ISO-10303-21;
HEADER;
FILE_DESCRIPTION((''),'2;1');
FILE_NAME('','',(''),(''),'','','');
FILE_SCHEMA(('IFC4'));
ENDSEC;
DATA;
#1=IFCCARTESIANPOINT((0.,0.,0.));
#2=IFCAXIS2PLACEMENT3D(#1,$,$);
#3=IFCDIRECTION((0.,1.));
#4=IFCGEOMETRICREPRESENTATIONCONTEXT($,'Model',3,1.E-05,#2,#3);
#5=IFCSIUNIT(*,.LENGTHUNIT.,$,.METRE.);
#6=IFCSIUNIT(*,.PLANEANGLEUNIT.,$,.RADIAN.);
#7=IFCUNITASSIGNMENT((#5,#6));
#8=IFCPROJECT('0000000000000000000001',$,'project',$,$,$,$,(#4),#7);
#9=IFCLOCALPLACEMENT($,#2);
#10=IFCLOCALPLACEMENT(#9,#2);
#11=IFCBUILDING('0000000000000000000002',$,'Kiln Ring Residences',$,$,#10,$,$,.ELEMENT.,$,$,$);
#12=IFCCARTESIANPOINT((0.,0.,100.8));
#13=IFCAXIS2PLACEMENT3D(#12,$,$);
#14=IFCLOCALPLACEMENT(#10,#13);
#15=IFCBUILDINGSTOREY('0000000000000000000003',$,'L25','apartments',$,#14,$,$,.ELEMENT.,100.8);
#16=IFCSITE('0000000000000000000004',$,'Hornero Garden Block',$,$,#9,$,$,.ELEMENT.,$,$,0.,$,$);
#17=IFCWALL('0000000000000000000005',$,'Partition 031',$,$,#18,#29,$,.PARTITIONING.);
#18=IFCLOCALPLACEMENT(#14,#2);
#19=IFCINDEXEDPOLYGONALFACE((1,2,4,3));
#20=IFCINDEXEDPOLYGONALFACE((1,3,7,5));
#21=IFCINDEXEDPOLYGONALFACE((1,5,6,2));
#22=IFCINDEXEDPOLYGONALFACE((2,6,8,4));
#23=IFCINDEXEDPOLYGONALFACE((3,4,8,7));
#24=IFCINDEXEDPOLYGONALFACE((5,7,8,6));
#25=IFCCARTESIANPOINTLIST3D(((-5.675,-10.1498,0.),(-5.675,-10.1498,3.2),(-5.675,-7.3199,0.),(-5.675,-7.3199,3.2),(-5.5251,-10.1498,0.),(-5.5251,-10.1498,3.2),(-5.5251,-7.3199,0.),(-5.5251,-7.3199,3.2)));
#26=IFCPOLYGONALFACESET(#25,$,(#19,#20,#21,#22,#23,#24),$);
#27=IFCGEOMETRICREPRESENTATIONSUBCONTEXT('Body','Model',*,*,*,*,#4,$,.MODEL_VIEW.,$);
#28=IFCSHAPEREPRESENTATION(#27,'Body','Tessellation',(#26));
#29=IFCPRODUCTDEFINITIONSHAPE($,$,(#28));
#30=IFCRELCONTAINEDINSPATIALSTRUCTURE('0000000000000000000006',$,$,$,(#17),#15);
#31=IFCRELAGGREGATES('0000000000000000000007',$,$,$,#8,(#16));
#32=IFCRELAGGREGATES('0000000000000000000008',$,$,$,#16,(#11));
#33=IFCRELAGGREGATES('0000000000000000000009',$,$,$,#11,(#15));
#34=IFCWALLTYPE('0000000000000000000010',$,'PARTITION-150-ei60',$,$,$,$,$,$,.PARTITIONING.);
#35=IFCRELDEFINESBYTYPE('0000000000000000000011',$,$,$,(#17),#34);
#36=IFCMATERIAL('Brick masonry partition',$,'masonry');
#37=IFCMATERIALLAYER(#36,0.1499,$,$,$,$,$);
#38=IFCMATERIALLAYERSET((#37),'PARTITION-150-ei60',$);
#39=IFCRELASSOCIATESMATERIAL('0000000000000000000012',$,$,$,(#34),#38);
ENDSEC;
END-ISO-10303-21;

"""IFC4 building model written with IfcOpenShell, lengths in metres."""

from ifc_helpers import new_model, si_unit, direction, frame, frame_2d, origin, place, context, subcontext, project, spatial, rectangle, extrude, material, layer, layer_set, type_object, element, save


model = new_model("IFC4")

# Units and contexts
model_context = context("Model", 3, precision=1e-05, world=origin(), true_north=direction((0.0, 1.0)))
body_context = subcontext(model_context, "Body", "Model", "MODEL_VIEW")
ifc_project = project(units=[si_unit("LENGTHUNIT", "METRE"), si_unit("PLANEANGLEUNIT", "RADIAN")], contexts=[model_context])

# Site, building, storey
site_placement = place(None, origin())
site = spatial("IfcSite", under=ifc_project, at=site_placement, Name="Hornero Garden Block", CompositionType="ELEMENT", RefElevation=0.0)
building_placement = place(site_placement, origin())
building = spatial("IfcBuilding", under=site, at=building_placement, Name="Kiln Ring Residences", CompositionType="ELEMENT")
storey_placement = place(building_placement, frame((0.0, 0.0, 100.8)))
storey = spatial("IfcBuildingStorey", under=building, at=storey_placement, Name="L25", Description="apartments", CompositionType="ELEMENT", Elevation=100.8)

# Wall
ifc_material_1 = material(Name="Brick masonry partition", Category="masonry")
ifc_layer_1 = layer(ifc_material_1, 0.1499)
ifc_layer_set_1 = layer_set([ifc_layer_1], Name="PARTITION-150-ei60")
wall_type_1 = type_object("IfcWallType", Name="PARTITION-150-ei60", PredefinedType="PARTITIONING", material=ifc_layer_set_1)
wall_1_placement = place(storey_placement, frame((-5.6001, -10.1499, 0.0), z_axis=(0.0, 0.0, 1.0), x_axis=(0.0, 1.0, 0.0)))
element("IfcWall", 1, at=wall_1_placement, inside=storey, type_object=wall_type_1, Name="Partition 031", PredefinedType="PARTITIONING", context=body_context, shape_type="SweptSolid", body=[
    extrude(rectangle(XDim=2.8298, YDim=0.1499, at=frame_2d((1.415, 0.0))), origin(), (0.0, 0.0, 1.0), 3.2),
])

save(model, "model.ifc")
